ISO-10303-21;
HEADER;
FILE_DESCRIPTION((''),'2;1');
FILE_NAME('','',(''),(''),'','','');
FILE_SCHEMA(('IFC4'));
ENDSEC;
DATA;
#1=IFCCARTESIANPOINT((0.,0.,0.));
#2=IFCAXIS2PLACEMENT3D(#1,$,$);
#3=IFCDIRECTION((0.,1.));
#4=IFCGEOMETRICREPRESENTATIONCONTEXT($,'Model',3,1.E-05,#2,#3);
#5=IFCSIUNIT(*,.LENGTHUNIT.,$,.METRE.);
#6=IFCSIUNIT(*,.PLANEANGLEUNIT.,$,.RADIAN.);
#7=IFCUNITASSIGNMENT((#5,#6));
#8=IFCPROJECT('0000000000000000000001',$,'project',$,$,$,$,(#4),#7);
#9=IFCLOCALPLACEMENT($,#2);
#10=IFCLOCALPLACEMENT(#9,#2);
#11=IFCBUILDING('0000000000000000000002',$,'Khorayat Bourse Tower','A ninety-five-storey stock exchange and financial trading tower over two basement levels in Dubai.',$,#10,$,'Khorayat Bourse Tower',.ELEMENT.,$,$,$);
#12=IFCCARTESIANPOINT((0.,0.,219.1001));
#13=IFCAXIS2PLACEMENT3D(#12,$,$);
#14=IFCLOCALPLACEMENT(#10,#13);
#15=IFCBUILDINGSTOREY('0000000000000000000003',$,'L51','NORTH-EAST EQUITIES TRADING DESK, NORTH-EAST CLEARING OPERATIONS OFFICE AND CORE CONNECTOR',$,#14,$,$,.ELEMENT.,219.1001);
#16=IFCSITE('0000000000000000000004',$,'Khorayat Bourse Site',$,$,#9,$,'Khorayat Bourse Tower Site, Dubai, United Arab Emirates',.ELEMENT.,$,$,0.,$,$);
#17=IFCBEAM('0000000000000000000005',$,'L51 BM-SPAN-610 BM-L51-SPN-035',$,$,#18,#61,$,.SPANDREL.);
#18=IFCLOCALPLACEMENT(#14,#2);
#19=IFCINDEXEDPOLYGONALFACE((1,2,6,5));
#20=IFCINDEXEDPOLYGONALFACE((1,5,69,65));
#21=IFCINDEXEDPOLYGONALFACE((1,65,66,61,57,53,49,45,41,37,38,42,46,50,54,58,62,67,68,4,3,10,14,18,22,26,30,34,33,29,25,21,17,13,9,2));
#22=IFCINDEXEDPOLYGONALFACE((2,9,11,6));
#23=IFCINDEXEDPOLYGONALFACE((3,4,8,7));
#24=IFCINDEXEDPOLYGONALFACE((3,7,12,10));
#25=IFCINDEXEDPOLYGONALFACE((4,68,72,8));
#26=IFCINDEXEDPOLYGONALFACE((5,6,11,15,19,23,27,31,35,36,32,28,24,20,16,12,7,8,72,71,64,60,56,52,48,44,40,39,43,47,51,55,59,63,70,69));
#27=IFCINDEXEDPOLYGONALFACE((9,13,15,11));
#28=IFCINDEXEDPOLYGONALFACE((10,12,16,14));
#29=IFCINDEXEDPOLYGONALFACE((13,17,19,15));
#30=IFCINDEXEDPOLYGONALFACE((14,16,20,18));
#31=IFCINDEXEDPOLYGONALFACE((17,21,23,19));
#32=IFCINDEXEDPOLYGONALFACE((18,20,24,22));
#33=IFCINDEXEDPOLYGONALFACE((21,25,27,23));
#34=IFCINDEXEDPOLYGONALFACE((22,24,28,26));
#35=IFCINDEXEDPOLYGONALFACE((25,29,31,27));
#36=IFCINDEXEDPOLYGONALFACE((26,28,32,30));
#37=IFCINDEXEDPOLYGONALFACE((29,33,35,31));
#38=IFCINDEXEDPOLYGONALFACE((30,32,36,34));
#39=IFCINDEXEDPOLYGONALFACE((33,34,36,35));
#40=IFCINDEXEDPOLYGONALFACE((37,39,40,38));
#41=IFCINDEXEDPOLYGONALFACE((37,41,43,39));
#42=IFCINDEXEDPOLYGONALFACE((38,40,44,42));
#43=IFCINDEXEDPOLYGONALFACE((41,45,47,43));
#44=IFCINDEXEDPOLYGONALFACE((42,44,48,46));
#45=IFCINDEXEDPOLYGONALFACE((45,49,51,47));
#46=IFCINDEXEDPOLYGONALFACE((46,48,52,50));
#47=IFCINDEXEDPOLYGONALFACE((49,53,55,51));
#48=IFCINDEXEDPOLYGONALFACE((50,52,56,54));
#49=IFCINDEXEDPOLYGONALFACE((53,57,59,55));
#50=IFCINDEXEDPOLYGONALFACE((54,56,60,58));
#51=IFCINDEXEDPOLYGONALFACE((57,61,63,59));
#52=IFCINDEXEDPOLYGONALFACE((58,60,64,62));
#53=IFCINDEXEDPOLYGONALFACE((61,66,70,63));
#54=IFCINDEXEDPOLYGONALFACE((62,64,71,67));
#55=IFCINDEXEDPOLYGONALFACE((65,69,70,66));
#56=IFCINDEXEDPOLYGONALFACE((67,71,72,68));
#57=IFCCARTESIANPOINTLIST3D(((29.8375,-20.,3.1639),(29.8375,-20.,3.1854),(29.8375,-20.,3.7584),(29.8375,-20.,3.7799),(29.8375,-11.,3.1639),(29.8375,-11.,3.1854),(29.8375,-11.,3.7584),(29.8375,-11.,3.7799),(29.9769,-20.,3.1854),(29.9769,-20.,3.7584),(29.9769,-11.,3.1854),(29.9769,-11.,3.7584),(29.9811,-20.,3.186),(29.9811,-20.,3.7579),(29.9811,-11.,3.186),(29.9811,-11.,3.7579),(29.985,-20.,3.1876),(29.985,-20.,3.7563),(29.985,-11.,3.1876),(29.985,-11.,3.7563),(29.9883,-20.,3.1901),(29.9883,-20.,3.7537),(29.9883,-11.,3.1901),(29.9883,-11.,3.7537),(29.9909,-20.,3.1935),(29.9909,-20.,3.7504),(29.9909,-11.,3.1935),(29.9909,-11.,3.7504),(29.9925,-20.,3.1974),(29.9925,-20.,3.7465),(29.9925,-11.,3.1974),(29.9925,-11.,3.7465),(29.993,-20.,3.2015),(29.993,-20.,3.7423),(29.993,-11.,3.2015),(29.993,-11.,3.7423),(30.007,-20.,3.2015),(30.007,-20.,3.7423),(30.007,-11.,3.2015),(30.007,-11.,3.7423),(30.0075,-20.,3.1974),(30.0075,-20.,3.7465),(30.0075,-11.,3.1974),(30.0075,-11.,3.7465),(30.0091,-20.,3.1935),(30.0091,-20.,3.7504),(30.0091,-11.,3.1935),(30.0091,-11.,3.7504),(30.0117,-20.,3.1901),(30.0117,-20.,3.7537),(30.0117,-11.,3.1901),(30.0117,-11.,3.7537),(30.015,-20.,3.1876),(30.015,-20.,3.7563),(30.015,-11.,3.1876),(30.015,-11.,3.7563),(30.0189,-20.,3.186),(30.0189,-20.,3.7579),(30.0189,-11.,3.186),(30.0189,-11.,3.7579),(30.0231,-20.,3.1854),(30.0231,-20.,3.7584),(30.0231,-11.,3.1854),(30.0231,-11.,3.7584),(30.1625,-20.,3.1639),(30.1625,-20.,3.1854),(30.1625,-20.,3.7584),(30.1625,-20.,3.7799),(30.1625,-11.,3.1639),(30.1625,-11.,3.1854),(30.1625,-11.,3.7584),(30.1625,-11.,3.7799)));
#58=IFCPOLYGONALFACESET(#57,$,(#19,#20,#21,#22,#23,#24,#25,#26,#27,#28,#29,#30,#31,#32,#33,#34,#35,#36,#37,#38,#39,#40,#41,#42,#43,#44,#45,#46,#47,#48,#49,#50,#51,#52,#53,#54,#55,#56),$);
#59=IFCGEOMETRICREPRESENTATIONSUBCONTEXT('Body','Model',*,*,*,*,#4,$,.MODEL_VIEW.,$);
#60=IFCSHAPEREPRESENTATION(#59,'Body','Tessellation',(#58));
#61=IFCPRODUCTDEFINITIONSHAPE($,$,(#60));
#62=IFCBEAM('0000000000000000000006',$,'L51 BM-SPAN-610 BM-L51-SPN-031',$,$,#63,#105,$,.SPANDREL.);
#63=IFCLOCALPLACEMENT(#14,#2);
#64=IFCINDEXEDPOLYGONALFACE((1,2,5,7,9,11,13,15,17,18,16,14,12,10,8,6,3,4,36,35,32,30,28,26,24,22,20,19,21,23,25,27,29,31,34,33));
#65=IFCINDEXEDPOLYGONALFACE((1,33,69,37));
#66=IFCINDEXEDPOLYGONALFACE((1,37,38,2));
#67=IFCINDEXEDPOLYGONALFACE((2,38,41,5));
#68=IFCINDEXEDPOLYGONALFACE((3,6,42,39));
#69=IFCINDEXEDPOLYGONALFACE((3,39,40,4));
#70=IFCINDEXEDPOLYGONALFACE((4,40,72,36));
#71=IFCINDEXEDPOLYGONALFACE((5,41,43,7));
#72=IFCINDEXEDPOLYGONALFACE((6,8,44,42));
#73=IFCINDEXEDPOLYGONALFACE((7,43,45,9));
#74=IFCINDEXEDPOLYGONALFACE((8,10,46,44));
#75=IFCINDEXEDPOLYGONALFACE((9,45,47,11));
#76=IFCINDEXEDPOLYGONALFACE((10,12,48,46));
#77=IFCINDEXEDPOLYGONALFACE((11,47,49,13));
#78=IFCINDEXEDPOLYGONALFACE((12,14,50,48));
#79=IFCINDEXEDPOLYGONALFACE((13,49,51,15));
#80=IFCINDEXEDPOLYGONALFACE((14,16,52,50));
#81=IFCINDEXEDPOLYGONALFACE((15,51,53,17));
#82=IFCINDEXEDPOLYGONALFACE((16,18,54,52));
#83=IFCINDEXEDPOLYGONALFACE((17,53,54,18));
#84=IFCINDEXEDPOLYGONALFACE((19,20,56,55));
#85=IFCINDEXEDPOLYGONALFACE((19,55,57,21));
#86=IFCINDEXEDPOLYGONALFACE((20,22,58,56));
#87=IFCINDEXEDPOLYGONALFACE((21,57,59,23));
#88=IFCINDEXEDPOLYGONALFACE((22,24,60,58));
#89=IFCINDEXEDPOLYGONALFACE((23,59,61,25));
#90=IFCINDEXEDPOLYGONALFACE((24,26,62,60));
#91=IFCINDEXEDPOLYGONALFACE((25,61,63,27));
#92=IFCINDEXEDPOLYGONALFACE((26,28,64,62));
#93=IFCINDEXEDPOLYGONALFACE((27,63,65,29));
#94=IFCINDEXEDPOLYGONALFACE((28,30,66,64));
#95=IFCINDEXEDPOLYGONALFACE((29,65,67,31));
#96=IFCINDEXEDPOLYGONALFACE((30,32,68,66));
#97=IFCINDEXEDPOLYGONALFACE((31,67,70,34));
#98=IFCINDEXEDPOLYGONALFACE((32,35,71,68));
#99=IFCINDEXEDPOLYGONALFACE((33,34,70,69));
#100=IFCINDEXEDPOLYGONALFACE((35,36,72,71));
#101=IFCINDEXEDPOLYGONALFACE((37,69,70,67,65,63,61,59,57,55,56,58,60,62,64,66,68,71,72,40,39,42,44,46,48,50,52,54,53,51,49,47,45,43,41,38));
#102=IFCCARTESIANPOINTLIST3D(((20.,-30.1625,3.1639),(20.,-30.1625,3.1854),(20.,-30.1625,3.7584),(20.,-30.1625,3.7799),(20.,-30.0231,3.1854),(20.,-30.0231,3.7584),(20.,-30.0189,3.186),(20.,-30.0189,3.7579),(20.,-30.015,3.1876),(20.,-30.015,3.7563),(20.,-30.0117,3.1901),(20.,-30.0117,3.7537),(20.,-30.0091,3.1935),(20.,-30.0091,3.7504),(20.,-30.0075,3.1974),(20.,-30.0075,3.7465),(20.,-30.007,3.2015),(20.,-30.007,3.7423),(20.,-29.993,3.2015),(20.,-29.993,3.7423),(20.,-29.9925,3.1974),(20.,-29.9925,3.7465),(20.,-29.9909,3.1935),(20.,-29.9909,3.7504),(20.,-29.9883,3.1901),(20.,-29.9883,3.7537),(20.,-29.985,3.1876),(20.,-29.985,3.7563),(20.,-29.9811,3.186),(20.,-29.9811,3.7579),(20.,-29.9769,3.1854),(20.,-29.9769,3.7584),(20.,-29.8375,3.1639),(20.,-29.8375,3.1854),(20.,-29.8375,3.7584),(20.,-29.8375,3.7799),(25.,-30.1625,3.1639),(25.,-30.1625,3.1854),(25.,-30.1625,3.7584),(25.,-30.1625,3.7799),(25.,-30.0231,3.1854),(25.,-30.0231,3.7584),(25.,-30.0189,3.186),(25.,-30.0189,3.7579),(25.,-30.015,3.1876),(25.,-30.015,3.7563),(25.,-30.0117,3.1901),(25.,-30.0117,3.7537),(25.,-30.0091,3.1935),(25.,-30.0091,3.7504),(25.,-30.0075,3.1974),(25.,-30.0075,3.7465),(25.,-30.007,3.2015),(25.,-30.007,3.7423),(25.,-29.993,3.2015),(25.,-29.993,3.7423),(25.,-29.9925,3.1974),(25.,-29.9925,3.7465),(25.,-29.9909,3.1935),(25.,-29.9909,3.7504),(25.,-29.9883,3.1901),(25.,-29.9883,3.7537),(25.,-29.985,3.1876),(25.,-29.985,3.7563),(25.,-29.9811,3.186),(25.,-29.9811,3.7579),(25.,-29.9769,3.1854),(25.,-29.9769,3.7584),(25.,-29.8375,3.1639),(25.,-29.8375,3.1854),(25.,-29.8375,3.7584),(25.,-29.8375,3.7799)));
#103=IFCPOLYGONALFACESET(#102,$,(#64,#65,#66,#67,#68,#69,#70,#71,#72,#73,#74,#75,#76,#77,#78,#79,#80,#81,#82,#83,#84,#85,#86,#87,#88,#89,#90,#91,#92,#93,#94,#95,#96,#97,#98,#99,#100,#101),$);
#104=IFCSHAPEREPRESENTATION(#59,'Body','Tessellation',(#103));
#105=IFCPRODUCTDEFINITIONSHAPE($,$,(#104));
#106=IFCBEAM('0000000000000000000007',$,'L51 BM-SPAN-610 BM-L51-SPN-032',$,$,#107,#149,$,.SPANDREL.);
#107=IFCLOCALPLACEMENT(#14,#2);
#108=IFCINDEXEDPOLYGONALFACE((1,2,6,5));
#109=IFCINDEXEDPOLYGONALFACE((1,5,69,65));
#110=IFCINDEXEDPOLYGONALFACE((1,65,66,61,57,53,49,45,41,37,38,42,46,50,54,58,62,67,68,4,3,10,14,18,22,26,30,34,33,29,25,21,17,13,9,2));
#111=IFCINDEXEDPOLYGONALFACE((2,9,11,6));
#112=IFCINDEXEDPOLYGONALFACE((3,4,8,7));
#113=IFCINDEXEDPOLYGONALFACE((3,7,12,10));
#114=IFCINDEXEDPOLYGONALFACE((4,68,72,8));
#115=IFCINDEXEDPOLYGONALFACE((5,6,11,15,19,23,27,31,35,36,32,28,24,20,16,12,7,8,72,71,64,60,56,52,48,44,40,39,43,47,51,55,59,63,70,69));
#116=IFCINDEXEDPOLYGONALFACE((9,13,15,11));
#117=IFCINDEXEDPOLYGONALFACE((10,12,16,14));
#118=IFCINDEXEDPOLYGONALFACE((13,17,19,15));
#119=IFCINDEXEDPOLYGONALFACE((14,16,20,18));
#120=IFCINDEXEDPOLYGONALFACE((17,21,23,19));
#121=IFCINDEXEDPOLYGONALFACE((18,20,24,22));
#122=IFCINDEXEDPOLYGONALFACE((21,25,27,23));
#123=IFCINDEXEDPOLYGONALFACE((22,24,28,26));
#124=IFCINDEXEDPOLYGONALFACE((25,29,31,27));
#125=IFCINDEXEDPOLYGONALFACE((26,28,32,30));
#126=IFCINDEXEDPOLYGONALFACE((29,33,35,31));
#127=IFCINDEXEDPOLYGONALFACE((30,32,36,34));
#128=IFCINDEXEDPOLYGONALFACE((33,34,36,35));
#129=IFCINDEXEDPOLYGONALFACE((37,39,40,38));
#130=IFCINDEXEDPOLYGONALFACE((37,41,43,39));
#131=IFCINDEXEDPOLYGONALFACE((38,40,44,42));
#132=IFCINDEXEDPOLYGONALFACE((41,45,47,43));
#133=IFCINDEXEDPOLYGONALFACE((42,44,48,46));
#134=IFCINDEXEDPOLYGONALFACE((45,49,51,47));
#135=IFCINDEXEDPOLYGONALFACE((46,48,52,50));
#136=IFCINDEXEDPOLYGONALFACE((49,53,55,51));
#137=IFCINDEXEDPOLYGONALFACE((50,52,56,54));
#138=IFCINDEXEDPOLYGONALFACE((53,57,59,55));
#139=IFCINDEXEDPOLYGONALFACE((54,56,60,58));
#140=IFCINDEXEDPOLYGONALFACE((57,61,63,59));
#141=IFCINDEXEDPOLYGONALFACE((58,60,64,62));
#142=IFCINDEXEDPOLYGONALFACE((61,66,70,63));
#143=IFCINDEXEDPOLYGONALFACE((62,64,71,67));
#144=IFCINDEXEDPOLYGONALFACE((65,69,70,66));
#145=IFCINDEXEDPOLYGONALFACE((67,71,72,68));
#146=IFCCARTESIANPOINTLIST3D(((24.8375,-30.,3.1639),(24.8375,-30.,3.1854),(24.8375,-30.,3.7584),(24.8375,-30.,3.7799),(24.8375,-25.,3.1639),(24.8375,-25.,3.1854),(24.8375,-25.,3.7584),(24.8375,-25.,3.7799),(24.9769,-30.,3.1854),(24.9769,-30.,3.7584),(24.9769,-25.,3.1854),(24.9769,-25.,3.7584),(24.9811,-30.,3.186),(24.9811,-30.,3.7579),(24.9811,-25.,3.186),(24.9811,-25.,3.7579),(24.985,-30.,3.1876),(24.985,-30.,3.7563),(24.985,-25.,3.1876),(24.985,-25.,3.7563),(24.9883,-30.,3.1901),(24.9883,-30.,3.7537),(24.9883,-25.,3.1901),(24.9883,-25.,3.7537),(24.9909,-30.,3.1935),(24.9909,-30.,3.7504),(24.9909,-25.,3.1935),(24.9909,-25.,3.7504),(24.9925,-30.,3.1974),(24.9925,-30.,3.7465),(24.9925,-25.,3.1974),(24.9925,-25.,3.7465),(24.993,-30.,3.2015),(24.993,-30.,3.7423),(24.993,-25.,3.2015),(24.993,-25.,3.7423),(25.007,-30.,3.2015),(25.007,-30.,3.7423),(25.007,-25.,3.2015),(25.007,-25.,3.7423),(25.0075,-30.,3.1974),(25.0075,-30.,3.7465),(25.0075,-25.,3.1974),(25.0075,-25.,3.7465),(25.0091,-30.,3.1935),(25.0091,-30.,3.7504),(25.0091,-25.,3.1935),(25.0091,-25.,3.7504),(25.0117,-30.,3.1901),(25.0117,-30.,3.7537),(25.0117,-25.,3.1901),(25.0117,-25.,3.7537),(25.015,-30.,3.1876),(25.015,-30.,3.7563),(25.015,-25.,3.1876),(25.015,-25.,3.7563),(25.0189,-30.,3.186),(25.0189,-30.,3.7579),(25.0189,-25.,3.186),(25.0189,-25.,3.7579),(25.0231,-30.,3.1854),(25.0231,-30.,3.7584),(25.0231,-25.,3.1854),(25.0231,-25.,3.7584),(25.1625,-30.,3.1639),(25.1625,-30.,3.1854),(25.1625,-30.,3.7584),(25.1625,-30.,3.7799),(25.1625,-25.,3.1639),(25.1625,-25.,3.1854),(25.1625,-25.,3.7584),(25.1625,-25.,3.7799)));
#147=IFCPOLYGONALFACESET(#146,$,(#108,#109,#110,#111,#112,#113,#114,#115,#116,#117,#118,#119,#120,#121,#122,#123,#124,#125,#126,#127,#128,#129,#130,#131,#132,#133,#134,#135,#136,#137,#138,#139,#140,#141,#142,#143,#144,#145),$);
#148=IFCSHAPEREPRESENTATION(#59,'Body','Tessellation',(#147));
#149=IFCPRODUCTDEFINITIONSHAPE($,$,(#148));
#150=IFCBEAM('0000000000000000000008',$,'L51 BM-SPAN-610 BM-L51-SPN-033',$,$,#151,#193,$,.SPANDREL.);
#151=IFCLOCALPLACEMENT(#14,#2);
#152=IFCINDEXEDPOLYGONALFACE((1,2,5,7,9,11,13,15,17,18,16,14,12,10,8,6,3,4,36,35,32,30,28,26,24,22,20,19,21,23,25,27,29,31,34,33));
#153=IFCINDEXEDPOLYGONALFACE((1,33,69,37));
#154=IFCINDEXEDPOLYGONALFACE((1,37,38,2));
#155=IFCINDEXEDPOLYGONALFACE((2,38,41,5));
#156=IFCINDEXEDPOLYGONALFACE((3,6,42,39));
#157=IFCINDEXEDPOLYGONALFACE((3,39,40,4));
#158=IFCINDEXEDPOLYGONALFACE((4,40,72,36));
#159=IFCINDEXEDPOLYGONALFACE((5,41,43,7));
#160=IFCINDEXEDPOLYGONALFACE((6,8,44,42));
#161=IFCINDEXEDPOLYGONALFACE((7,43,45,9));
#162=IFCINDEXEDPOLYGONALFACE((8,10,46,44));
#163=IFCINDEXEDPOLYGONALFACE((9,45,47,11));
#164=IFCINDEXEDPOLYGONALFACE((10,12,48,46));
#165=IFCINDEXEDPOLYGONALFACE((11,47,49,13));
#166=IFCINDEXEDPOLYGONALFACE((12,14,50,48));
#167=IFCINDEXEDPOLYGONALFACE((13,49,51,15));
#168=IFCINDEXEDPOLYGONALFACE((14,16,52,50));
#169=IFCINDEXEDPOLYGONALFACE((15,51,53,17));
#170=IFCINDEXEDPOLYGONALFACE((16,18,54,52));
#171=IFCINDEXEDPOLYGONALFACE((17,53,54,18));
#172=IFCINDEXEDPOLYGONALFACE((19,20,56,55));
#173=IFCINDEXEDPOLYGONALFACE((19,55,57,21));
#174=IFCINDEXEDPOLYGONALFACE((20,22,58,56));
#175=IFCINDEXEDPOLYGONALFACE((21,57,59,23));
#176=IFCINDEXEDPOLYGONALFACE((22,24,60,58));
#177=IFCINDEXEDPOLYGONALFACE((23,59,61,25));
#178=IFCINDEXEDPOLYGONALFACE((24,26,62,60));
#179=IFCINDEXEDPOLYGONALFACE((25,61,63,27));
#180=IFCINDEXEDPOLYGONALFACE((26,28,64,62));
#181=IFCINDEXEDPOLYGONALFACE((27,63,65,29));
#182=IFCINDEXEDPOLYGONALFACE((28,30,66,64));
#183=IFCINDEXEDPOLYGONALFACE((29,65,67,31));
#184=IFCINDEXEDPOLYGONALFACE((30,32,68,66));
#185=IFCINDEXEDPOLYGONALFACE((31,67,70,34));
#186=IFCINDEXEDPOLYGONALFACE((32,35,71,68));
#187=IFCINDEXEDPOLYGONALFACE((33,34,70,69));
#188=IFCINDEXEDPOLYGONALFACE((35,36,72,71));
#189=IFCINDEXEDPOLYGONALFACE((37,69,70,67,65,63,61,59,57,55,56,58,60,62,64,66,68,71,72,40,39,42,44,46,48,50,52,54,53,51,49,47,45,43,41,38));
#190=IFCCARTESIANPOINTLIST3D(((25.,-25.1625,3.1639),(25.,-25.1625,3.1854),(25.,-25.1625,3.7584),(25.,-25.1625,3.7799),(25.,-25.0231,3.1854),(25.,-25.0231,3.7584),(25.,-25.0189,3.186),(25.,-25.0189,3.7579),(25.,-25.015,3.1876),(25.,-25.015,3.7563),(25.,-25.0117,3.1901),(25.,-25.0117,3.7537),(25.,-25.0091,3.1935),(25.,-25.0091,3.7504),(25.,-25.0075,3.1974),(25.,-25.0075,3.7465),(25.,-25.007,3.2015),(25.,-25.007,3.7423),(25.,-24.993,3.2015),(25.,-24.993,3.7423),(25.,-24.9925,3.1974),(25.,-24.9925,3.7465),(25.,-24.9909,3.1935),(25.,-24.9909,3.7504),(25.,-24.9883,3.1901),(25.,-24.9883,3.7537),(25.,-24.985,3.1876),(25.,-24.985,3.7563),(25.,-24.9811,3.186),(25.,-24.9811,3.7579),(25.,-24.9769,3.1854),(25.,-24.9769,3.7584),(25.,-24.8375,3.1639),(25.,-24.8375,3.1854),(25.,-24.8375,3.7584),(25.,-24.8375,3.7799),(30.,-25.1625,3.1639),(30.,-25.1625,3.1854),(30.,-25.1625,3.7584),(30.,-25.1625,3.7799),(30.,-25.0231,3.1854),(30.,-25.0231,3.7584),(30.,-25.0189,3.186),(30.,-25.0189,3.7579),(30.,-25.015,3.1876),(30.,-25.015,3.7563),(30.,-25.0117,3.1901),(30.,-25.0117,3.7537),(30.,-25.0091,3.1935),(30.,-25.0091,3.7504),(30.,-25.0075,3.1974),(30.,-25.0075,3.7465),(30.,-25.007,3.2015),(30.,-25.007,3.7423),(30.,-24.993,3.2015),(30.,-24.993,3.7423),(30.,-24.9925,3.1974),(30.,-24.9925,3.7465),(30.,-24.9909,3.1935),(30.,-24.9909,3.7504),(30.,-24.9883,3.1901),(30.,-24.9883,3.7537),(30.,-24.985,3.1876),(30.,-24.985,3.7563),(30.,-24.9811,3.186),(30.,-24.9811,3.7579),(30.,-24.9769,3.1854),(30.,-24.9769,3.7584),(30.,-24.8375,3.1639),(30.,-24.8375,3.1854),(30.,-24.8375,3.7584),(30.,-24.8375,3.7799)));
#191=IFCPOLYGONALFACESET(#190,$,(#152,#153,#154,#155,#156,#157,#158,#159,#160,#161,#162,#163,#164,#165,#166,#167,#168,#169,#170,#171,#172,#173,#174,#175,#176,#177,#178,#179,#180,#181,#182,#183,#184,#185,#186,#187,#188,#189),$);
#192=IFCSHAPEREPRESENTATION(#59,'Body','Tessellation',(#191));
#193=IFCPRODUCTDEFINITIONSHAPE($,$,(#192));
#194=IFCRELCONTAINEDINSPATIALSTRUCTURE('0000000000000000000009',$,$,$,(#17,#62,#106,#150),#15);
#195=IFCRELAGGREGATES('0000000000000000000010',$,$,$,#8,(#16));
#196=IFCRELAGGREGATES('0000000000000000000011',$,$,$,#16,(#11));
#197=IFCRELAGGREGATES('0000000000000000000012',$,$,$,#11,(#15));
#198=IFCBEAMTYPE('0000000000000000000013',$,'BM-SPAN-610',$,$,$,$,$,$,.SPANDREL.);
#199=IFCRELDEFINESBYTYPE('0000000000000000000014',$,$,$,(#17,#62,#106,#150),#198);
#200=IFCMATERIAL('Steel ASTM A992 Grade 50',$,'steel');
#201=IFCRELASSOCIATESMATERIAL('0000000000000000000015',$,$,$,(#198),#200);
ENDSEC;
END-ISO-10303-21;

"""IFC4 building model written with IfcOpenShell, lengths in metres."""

from ifc_helpers import new_model, si_unit, direction, frame, origin, origin_2d, place, context, subcontext, project, spatial, i_section, extrude, source, transform, mapped, material, material_profile, profile_set, type_object, element, save


model = new_model("IFC4")

# Units and contexts
model_context = context("Model", 3, precision=1e-05, world=origin(), true_north=direction((0.0, 1.0)))
body_context = subcontext(model_context, "Body", "Model", "MODEL_VIEW")
ifc_project = project(units=[si_unit("LENGTHUNIT", "METRE"), si_unit("PLANEANGLEUNIT", "RADIAN")], contexts=[model_context])

# Site, building, storey
site_placement = place(None, origin())
site = spatial("IfcSite", under=ifc_project, at=site_placement, Name="Khorayat Bourse Site", LongName="Khorayat Bourse Tower Site, Dubai, United Arab Emirates", CompositionType="ELEMENT", RefElevation=0.0)
building_placement = place(site_placement, origin())
building = spatial("IfcBuilding", under=site, at=building_placement, Name="Khorayat Bourse Tower", Description="A ninety-five-storey stock exchange and financial trading tower over two basement levels in Dubai.", LongName="Khorayat Bourse Tower", CompositionType="ELEMENT")
storey_placement = place(building_placement, frame((0.0, 0.0, 219.1001)))
storey = spatial("IfcBuildingStorey", under=building, at=storey_placement, Name="L51", Description="NORTH-EAST EQUITIES TRADING DESK, NORTH-EAST CLEARING OPERATIONS OFFICE AND CORE CONNECTOR", CompositionType="ELEMENT", Elevation=219.1001)

# Beams
ifc_material_1 = material(Name="Steel ASTM A992 Grade 50", Category="steel")
ifc_material_profile_1 = material_profile(ifc_material_1, i_section(OverallWidth=0.325, OverallDepth=0.616, WebThickness=0.0139, FlangeThickness=0.0215, FilletRadius=0.0161, at=origin_2d()), Name="W610X174")
ifc_profile_set_1 = profile_set([ifc_material_profile_1], Name="Steel ASTM A992 Grade 50")
beam_type_1 = type_object("IfcBeamType", Name="BM-SPAN-610", PredefinedType="SPANDREL", material=ifc_profile_set_1)
shared_shape_1 = source(origin(), body_context, "Body", "SweptSolid", [
    extrude(i_section(OverallWidth=0.325, OverallDepth=0.616, WebThickness=0.0139, FlangeThickness=0.0215, FilletRadius=0.0161, at=origin_2d()), origin(), (0.0, 0.0, 1.0), 9.0),
])
beam_1_placement = place(storey_placement, frame((30.0, -20.0, 3.4719), z_axis=(0.0, 1.0, 0.0), x_axis=(-1.0, 0.0, 0.0)))
element("IfcBeam", 1, at=beam_1_placement, inside=storey, type_object=beam_type_1, Name="L51 BM-SPAN-610 BM-L51-SPN-035", PredefinedType="SPANDREL", context=body_context, shape_type="MappedRepresentation", body=[
    mapped(shared_shape_1, transform((0.0, 0.0, 0.0), scale=1.0)),
])
shared_shape_2 = source(origin(), body_context, "Body", "SweptSolid", [
    extrude(i_section(OverallWidth=0.325, OverallDepth=0.616, WebThickness=0.0139, FlangeThickness=0.0215, FilletRadius=0.0161, at=origin_2d()), origin(), (0.0, 0.0, 1.0), 5.0),
])
for number, where, z_axis, x_axis, name in (
    (2, (20.0, -30.0, 3.4719), (1.0, 0.0, 0.0), (0.0, 1.0, 0.0), "L51 BM-SPAN-610 BM-L51-SPN-031"),
    (3, (25.0, -30.0, 3.4719), (0.0, 1.0, 0.0), (-1.0, 0.0, 0.0), "L51 BM-SPAN-610 BM-L51-SPN-032"),
    (4, (25.0, -25.0, 3.4719), (1.0, 0.0, 0.0), (0.0, 1.0, 0.0), "L51 BM-SPAN-610 BM-L51-SPN-033"),
):
    element("IfcBeam", number, at=place(storey_placement, frame(where, z_axis=z_axis, x_axis=x_axis)), inside=storey, type_object=beam_type_1, Name=name, PredefinedType="SPANDREL", context=body_context, shape_type="MappedRepresentation", body=[
        mapped(shared_shape_2, transform((0.0, 0.0, 0.0), scale=1.0)),
    ])

save(model, "model.ifc")
